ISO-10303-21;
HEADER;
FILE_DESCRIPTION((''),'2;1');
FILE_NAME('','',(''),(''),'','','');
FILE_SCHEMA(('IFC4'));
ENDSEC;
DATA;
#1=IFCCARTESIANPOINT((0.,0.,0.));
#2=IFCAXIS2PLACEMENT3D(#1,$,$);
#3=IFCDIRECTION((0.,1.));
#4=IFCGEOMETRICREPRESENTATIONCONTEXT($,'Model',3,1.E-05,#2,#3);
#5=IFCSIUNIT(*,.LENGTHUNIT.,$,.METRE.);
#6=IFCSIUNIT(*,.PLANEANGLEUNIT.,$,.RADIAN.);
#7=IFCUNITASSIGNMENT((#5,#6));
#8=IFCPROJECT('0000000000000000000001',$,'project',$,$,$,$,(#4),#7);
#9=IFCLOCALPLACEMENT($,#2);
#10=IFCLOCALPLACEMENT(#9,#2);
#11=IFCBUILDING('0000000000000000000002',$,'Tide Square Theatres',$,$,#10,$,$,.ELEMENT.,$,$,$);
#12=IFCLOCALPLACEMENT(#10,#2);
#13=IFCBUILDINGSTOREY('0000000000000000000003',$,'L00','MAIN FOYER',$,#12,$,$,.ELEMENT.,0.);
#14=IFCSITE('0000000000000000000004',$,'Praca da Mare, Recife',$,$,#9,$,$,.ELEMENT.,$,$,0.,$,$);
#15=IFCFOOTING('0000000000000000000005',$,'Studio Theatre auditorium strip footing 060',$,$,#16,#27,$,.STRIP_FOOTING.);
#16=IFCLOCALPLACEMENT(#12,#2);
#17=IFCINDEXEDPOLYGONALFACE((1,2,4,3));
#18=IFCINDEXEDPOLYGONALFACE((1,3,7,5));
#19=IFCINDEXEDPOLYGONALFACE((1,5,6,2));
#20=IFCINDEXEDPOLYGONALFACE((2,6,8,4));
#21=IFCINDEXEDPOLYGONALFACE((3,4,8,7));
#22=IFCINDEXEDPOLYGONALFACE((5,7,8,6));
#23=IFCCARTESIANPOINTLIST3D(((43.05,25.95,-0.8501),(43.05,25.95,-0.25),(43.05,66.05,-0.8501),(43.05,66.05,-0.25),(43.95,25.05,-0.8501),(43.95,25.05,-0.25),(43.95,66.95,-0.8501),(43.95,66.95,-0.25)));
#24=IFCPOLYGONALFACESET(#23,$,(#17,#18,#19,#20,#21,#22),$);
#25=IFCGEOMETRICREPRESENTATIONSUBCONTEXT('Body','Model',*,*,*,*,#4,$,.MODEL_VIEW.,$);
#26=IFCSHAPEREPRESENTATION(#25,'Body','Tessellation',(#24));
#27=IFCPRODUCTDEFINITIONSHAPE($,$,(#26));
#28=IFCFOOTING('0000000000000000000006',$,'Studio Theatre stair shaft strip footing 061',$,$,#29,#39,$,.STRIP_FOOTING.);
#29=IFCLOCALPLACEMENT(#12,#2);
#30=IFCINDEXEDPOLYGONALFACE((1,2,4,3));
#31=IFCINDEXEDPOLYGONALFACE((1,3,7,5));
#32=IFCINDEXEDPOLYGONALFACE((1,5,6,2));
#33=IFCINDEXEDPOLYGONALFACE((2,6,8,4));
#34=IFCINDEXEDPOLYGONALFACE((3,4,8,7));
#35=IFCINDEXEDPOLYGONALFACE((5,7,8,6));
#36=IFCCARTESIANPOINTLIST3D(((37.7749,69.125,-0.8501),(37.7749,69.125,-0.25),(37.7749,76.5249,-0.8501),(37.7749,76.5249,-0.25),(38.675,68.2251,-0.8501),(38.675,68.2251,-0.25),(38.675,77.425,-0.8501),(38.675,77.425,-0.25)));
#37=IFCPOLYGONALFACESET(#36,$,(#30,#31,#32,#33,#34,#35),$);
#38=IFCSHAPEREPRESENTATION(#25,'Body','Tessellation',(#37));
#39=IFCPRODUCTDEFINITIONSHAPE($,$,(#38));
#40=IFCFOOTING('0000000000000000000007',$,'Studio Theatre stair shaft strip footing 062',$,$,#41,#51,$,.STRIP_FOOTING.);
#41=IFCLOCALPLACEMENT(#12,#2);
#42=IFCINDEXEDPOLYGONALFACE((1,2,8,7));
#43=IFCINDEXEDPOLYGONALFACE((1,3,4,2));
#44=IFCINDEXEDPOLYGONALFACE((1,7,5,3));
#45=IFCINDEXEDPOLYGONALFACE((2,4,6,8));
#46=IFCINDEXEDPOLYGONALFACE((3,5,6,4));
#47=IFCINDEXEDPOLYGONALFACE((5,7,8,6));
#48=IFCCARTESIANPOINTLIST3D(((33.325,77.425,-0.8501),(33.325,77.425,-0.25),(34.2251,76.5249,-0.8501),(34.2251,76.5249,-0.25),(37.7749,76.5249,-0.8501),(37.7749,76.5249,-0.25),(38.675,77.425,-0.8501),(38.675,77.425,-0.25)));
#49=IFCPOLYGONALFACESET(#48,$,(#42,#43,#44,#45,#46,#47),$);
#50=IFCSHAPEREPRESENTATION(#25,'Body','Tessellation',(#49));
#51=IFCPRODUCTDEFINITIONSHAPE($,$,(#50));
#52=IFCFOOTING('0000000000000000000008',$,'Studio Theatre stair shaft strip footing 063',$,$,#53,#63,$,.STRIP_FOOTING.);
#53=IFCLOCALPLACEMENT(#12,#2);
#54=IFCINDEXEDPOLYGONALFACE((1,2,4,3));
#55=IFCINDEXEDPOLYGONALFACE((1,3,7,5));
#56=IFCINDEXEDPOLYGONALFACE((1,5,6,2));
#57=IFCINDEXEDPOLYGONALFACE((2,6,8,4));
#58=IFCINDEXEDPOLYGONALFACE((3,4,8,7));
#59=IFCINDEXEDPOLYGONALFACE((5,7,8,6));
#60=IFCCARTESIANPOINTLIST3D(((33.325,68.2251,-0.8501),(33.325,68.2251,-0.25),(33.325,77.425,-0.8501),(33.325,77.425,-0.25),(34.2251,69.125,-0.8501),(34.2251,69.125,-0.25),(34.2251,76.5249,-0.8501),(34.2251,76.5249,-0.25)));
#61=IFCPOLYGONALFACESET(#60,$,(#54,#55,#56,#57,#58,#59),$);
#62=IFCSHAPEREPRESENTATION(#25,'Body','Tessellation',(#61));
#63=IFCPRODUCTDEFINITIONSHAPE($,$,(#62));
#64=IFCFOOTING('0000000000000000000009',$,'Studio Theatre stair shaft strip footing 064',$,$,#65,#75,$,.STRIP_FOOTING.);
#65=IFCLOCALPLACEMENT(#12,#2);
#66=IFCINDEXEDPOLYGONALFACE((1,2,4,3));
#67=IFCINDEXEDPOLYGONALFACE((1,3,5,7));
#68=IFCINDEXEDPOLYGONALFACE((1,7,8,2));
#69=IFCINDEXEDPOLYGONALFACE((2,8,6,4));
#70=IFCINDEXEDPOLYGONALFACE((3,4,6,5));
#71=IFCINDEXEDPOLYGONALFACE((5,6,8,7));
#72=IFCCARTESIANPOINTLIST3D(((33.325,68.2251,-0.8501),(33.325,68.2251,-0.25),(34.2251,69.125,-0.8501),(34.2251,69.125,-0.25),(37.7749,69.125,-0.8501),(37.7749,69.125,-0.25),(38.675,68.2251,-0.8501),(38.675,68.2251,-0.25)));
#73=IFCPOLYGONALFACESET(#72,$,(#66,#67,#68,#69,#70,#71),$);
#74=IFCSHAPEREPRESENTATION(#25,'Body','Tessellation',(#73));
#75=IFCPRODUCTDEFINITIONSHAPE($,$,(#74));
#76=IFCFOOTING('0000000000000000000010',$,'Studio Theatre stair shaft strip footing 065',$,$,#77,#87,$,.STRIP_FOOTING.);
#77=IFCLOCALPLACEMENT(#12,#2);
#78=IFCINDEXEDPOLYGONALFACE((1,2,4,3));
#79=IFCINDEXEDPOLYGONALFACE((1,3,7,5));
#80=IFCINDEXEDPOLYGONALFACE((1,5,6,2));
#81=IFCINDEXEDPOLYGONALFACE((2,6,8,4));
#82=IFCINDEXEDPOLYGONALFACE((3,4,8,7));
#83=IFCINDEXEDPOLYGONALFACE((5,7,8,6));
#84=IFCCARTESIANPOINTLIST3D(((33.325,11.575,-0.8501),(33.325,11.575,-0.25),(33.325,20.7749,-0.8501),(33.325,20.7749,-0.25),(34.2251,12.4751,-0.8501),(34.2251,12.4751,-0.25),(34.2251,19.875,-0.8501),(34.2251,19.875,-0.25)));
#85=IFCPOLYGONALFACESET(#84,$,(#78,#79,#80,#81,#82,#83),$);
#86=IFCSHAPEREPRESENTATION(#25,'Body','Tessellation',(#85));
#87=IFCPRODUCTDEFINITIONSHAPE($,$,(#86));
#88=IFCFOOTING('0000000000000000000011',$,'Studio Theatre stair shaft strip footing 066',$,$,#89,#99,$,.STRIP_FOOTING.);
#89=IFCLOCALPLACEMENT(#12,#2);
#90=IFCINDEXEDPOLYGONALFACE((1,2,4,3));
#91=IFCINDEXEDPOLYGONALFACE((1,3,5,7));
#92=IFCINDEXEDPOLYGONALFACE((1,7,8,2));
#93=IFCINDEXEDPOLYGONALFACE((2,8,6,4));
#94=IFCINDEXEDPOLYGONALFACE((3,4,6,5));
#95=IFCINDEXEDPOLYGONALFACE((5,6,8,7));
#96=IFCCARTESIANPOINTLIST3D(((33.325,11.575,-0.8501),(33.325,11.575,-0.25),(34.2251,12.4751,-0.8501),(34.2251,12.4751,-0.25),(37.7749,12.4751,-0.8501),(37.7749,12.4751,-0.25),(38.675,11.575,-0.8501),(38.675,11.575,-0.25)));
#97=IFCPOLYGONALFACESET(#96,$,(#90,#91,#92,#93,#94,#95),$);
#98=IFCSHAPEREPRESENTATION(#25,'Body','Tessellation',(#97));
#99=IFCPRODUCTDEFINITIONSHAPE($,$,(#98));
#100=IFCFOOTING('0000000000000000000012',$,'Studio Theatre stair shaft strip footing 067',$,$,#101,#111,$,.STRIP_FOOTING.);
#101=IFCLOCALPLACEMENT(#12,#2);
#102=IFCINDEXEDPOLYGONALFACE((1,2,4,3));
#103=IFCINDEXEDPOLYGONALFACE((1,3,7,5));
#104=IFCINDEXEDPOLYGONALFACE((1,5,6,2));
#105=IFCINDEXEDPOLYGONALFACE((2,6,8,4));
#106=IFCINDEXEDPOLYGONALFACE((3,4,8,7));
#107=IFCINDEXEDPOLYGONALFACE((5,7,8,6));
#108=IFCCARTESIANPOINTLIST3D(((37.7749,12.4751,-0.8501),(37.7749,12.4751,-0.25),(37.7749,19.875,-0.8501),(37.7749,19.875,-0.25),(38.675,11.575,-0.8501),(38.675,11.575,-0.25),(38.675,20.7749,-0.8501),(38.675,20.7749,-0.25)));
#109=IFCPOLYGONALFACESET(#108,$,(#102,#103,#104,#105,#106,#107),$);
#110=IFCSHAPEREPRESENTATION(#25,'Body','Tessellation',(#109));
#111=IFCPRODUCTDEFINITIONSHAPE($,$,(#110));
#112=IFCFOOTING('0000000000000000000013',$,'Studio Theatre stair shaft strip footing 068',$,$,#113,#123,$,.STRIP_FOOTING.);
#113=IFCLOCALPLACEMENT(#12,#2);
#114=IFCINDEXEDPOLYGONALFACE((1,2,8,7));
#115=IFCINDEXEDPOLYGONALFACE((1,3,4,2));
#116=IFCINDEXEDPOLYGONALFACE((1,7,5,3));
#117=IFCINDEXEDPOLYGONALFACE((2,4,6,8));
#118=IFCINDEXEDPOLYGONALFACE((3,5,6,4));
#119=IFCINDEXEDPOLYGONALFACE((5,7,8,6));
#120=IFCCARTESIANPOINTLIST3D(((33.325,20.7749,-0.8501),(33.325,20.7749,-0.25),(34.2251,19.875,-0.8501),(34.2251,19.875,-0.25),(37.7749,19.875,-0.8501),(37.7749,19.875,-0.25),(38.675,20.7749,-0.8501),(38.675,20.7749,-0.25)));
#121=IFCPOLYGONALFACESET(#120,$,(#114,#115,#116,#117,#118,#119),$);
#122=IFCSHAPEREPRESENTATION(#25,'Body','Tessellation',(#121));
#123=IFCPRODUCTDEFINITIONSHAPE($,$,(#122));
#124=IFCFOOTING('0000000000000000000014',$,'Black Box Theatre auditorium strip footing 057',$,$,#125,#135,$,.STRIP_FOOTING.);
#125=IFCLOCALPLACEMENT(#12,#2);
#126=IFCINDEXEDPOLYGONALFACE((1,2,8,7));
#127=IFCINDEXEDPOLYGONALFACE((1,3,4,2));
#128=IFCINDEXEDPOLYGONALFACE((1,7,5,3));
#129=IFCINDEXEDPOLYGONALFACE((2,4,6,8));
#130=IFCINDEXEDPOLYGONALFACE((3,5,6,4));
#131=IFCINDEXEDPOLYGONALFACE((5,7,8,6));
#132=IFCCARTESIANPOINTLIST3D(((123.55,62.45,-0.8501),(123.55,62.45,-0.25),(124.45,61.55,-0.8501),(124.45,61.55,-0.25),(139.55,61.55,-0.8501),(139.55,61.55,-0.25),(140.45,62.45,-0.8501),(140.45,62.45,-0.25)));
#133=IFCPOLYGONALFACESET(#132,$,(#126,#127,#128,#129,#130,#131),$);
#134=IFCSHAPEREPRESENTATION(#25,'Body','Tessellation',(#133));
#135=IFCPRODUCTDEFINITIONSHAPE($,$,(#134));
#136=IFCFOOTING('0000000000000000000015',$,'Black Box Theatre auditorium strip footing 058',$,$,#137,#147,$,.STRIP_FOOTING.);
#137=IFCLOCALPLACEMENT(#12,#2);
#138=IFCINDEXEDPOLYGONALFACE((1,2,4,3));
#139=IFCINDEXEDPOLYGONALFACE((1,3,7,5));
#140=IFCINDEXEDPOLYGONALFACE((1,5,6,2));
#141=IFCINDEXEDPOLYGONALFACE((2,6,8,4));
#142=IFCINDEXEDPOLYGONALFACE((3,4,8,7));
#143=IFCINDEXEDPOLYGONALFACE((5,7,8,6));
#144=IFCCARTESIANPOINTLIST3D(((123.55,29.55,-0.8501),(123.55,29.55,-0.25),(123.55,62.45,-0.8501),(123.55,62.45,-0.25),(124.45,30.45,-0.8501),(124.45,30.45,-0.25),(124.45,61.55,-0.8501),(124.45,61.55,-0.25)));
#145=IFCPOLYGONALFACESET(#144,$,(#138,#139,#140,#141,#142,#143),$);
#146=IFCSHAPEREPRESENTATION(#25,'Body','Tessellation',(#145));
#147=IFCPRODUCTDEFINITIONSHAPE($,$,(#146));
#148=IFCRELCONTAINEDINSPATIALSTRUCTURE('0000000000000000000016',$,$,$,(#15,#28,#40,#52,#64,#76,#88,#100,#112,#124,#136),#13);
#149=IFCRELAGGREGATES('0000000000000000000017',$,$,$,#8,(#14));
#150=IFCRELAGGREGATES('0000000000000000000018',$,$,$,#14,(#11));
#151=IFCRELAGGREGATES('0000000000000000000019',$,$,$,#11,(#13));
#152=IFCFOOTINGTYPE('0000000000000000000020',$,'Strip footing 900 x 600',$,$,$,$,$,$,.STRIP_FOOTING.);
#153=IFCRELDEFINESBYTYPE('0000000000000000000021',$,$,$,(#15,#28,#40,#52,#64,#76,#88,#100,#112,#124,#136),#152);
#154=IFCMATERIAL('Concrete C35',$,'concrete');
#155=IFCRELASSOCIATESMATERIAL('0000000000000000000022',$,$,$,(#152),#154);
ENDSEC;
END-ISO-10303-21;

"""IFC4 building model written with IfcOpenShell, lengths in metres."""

from ifc_helpers import new_model, si_unit, direction, frame, origin, place, context, subcontext, project, spatial, polyline, outline, extrude, material, type_object, element, save


model = new_model("IFC4")

# Units and contexts
model_context = context("Model", 3, precision=1e-05, world=origin(), true_north=direction((0.0, 1.0)))
body_context = subcontext(model_context, "Body", "Model", "MODEL_VIEW")
ifc_project = project(units=[si_unit("LENGTHUNIT", "METRE"), si_unit("PLANEANGLEUNIT", "RADIAN")], contexts=[model_context])

# Site, building, storey
site_placement = place(None, origin())
site = spatial("IfcSite", under=ifc_project, at=site_placement, Name="Praca da Mare, Recife", CompositionType="ELEMENT", RefElevation=0.0)
building_placement = place(site_placement, origin())
building = spatial("IfcBuilding", under=site, at=building_placement, Name="Tide Square Theatres", CompositionType="ELEMENT")
storey_placement = place(building_placement, origin())
storey = spatial("IfcBuildingStorey", under=building, at=storey_placement, Name="L00", Description="MAIN FOYER", CompositionType="ELEMENT", Elevation=0.0)

# Footings
ifc_material = material(Name="Concrete C35", Category="concrete")
footing_type = type_object("IfcFootingType", Name="Strip footing 900 x 600", PredefinedType="STRIP_FOOTING", material=ifc_material)
footing_1_placement = place(storey_placement, frame((0.0, 0.0, -0.8501)))
element("IfcFooting", 1, at=footing_1_placement, inside=storey, type_object=footing_type, Name="Studio Theatre auditorium strip footing 060", PredefinedType="STRIP_FOOTING", context=body_context, shape_type="SweptSolid", body=[
    extrude(outline(polyline([(43.95, 25.05), (43.95, 66.95), (43.05, 66.05), (43.05, 25.95), (43.95, 25.05)])), origin(), (0.0, 0.0, 1.0), 0.6001),
])
footing_2_placement = place(storey_placement, frame((0.0, 0.0, -0.8501)))
element("IfcFooting", 2, at=footing_2_placement, inside=storey, type_object=footing_type, Name="Studio Theatre stair shaft strip footing 061", PredefinedType="STRIP_FOOTING", context=body_context, shape_type="SweptSolid", body=[
    extrude(outline(polyline([(38.675, 68.2251), (38.675, 77.425), (37.7749, 76.5249), (37.7749, 69.125), (38.675, 68.2251)])), origin(), (0.0, 0.0, 1.0), 0.6001),
])
footing_3_placement = place(storey_placement, frame((0.0, 0.0, -0.8501)))
element("IfcFooting", 3, at=footing_3_placement, inside=storey, type_object=footing_type, Name="Studio Theatre stair shaft strip footing 062", PredefinedType="STRIP_FOOTING", context=body_context, shape_type="SweptSolid", body=[
    extrude(outline(polyline([(38.675, 77.425), (33.325, 77.425), (34.2251, 76.5249), (37.7749, 76.5249), (38.675, 77.425)])), origin(), (0.0, 0.0, 1.0), 0.6001),
])
footing_4_placement = place(storey_placement, frame((0.0, 0.0, -0.8501)))
element("IfcFooting", 4, at=footing_4_placement, inside=storey, type_object=footing_type, Name="Studio Theatre stair shaft strip footing 063", PredefinedType="STRIP_FOOTING", context=body_context, shape_type="SweptSolid", body=[
    extrude(outline(polyline([(33.325, 77.425), (33.325, 68.2251), (34.2251, 69.125), (34.2251, 76.5249), (33.325, 77.425)])), origin(), (0.0, 0.0, 1.0), 0.6001),
])
footing_5_placement = place(storey_placement, frame((0.0, 0.0, -0.8501)))
element("IfcFooting", 5, at=footing_5_placement, inside=storey, type_object=footing_type, Name="Studio Theatre stair shaft strip footing 064", PredefinedType="STRIP_FOOTING", context=body_context, shape_type="SweptSolid", body=[
    extrude(outline(polyline([(33.325, 68.2251), (38.675, 68.2251), (37.7749, 69.125), (34.2251, 69.125), (33.325, 68.2251)])), origin(), (0.0, 0.0, 1.0), 0.6001),
])
footing_6_placement = place(storey_placement, frame((0.0, 0.0, -0.8501)))
element("IfcFooting", 6, at=footing_6_placement, inside=storey, type_object=footing_type, Name="Studio Theatre stair shaft strip footing 065", PredefinedType="STRIP_FOOTING", context=body_context, shape_type="SweptSolid", body=[
    extrude(outline(polyline([(33.325, 20.7749), (33.325, 11.575), (34.2251, 12.4751), (34.2251, 19.875), (33.325, 20.7749)])), origin(), (0.0, 0.0, 1.0), 0.6001),
])
footing_7_placement = place(storey_placement, frame((0.0, 0.0, -0.8501)))
element("IfcFooting", 7, at=footing_7_placement, inside=storey, type_object=footing_type, Name="Studio Theatre stair shaft strip footing 066", PredefinedType="STRIP_FOOTING", context=body_context, shape_type="SweptSolid", body=[
    extrude(outline(polyline([(33.325, 11.575), (38.675, 11.575), (37.7749, 12.4751), (34.2251, 12.4751), (33.325, 11.575)])), origin(), (0.0, 0.0, 1.0), 0.6001),
])
footing_8_placement = place(storey_placement, frame((0.0, 0.0, -0.8501)))
element("IfcFooting", 8, at=footing_8_placement, inside=storey, type_object=footing_type, Name="Studio Theatre stair shaft strip footing 067", PredefinedType="STRIP_FOOTING", context=body_context, shape_type="SweptSolid", body=[
    extrude(outline(polyline([(38.675, 11.575), (38.675, 20.7749), (37.7749, 19.875), (37.7749, 12.4751), (38.675, 11.575)])), origin(), (0.0, 0.0, 1.0), 0.6001),
])
footing_9_placement = place(storey_placement, frame((0.0, 0.0, -0.8501)))
element("IfcFooting", 9, at=footing_9_placement, inside=storey, type_object=footing_type, Name="Studio Theatre stair shaft strip footing 068", PredefinedType="STRIP_FOOTING", context=body_context, shape_type="SweptSolid", body=[
    extrude(outline(polyline([(38.675, 20.7749), (33.325, 20.7749), (34.2251, 19.875), (37.7749, 19.875), (38.675, 20.7749)])), origin(), (0.0, 0.0, 1.0), 0.6001),
])
footing_10_placement = place(storey_placement, frame((0.0, 0.0, -0.8501)))
element("IfcFooting", 10, at=footing_10_placement, inside=storey, type_object=footing_type, Name="Black Box Theatre auditorium strip footing 057", PredefinedType="STRIP_FOOTING", context=body_context, shape_type="SweptSolid", body=[
    extrude(outline(polyline([(140.45, 62.45), (123.55, 62.45), (124.45, 61.55), (139.55, 61.55), (140.45, 62.45)])), origin(), (0.0, 0.0, 1.0), 0.6001),
])
footing_11_placement = place(storey_placement, frame((0.0, 0.0, -0.8501)))
element("IfcFooting", 11, at=footing_11_placement, inside=storey, type_object=footing_type, Name="Black Box Theatre auditorium strip footing 058", PredefinedType="STRIP_FOOTING", context=body_context, shape_type="SweptSolid", body=[
    extrude(outline(polyline([(123.55, 62.45), (123.55, 29.55), (124.45, 30.45), (124.45, 61.55), (123.55, 62.45)])), origin(), (0.0, 0.0, 1.0), 0.6001),
])

save(model, "model.ifc")
